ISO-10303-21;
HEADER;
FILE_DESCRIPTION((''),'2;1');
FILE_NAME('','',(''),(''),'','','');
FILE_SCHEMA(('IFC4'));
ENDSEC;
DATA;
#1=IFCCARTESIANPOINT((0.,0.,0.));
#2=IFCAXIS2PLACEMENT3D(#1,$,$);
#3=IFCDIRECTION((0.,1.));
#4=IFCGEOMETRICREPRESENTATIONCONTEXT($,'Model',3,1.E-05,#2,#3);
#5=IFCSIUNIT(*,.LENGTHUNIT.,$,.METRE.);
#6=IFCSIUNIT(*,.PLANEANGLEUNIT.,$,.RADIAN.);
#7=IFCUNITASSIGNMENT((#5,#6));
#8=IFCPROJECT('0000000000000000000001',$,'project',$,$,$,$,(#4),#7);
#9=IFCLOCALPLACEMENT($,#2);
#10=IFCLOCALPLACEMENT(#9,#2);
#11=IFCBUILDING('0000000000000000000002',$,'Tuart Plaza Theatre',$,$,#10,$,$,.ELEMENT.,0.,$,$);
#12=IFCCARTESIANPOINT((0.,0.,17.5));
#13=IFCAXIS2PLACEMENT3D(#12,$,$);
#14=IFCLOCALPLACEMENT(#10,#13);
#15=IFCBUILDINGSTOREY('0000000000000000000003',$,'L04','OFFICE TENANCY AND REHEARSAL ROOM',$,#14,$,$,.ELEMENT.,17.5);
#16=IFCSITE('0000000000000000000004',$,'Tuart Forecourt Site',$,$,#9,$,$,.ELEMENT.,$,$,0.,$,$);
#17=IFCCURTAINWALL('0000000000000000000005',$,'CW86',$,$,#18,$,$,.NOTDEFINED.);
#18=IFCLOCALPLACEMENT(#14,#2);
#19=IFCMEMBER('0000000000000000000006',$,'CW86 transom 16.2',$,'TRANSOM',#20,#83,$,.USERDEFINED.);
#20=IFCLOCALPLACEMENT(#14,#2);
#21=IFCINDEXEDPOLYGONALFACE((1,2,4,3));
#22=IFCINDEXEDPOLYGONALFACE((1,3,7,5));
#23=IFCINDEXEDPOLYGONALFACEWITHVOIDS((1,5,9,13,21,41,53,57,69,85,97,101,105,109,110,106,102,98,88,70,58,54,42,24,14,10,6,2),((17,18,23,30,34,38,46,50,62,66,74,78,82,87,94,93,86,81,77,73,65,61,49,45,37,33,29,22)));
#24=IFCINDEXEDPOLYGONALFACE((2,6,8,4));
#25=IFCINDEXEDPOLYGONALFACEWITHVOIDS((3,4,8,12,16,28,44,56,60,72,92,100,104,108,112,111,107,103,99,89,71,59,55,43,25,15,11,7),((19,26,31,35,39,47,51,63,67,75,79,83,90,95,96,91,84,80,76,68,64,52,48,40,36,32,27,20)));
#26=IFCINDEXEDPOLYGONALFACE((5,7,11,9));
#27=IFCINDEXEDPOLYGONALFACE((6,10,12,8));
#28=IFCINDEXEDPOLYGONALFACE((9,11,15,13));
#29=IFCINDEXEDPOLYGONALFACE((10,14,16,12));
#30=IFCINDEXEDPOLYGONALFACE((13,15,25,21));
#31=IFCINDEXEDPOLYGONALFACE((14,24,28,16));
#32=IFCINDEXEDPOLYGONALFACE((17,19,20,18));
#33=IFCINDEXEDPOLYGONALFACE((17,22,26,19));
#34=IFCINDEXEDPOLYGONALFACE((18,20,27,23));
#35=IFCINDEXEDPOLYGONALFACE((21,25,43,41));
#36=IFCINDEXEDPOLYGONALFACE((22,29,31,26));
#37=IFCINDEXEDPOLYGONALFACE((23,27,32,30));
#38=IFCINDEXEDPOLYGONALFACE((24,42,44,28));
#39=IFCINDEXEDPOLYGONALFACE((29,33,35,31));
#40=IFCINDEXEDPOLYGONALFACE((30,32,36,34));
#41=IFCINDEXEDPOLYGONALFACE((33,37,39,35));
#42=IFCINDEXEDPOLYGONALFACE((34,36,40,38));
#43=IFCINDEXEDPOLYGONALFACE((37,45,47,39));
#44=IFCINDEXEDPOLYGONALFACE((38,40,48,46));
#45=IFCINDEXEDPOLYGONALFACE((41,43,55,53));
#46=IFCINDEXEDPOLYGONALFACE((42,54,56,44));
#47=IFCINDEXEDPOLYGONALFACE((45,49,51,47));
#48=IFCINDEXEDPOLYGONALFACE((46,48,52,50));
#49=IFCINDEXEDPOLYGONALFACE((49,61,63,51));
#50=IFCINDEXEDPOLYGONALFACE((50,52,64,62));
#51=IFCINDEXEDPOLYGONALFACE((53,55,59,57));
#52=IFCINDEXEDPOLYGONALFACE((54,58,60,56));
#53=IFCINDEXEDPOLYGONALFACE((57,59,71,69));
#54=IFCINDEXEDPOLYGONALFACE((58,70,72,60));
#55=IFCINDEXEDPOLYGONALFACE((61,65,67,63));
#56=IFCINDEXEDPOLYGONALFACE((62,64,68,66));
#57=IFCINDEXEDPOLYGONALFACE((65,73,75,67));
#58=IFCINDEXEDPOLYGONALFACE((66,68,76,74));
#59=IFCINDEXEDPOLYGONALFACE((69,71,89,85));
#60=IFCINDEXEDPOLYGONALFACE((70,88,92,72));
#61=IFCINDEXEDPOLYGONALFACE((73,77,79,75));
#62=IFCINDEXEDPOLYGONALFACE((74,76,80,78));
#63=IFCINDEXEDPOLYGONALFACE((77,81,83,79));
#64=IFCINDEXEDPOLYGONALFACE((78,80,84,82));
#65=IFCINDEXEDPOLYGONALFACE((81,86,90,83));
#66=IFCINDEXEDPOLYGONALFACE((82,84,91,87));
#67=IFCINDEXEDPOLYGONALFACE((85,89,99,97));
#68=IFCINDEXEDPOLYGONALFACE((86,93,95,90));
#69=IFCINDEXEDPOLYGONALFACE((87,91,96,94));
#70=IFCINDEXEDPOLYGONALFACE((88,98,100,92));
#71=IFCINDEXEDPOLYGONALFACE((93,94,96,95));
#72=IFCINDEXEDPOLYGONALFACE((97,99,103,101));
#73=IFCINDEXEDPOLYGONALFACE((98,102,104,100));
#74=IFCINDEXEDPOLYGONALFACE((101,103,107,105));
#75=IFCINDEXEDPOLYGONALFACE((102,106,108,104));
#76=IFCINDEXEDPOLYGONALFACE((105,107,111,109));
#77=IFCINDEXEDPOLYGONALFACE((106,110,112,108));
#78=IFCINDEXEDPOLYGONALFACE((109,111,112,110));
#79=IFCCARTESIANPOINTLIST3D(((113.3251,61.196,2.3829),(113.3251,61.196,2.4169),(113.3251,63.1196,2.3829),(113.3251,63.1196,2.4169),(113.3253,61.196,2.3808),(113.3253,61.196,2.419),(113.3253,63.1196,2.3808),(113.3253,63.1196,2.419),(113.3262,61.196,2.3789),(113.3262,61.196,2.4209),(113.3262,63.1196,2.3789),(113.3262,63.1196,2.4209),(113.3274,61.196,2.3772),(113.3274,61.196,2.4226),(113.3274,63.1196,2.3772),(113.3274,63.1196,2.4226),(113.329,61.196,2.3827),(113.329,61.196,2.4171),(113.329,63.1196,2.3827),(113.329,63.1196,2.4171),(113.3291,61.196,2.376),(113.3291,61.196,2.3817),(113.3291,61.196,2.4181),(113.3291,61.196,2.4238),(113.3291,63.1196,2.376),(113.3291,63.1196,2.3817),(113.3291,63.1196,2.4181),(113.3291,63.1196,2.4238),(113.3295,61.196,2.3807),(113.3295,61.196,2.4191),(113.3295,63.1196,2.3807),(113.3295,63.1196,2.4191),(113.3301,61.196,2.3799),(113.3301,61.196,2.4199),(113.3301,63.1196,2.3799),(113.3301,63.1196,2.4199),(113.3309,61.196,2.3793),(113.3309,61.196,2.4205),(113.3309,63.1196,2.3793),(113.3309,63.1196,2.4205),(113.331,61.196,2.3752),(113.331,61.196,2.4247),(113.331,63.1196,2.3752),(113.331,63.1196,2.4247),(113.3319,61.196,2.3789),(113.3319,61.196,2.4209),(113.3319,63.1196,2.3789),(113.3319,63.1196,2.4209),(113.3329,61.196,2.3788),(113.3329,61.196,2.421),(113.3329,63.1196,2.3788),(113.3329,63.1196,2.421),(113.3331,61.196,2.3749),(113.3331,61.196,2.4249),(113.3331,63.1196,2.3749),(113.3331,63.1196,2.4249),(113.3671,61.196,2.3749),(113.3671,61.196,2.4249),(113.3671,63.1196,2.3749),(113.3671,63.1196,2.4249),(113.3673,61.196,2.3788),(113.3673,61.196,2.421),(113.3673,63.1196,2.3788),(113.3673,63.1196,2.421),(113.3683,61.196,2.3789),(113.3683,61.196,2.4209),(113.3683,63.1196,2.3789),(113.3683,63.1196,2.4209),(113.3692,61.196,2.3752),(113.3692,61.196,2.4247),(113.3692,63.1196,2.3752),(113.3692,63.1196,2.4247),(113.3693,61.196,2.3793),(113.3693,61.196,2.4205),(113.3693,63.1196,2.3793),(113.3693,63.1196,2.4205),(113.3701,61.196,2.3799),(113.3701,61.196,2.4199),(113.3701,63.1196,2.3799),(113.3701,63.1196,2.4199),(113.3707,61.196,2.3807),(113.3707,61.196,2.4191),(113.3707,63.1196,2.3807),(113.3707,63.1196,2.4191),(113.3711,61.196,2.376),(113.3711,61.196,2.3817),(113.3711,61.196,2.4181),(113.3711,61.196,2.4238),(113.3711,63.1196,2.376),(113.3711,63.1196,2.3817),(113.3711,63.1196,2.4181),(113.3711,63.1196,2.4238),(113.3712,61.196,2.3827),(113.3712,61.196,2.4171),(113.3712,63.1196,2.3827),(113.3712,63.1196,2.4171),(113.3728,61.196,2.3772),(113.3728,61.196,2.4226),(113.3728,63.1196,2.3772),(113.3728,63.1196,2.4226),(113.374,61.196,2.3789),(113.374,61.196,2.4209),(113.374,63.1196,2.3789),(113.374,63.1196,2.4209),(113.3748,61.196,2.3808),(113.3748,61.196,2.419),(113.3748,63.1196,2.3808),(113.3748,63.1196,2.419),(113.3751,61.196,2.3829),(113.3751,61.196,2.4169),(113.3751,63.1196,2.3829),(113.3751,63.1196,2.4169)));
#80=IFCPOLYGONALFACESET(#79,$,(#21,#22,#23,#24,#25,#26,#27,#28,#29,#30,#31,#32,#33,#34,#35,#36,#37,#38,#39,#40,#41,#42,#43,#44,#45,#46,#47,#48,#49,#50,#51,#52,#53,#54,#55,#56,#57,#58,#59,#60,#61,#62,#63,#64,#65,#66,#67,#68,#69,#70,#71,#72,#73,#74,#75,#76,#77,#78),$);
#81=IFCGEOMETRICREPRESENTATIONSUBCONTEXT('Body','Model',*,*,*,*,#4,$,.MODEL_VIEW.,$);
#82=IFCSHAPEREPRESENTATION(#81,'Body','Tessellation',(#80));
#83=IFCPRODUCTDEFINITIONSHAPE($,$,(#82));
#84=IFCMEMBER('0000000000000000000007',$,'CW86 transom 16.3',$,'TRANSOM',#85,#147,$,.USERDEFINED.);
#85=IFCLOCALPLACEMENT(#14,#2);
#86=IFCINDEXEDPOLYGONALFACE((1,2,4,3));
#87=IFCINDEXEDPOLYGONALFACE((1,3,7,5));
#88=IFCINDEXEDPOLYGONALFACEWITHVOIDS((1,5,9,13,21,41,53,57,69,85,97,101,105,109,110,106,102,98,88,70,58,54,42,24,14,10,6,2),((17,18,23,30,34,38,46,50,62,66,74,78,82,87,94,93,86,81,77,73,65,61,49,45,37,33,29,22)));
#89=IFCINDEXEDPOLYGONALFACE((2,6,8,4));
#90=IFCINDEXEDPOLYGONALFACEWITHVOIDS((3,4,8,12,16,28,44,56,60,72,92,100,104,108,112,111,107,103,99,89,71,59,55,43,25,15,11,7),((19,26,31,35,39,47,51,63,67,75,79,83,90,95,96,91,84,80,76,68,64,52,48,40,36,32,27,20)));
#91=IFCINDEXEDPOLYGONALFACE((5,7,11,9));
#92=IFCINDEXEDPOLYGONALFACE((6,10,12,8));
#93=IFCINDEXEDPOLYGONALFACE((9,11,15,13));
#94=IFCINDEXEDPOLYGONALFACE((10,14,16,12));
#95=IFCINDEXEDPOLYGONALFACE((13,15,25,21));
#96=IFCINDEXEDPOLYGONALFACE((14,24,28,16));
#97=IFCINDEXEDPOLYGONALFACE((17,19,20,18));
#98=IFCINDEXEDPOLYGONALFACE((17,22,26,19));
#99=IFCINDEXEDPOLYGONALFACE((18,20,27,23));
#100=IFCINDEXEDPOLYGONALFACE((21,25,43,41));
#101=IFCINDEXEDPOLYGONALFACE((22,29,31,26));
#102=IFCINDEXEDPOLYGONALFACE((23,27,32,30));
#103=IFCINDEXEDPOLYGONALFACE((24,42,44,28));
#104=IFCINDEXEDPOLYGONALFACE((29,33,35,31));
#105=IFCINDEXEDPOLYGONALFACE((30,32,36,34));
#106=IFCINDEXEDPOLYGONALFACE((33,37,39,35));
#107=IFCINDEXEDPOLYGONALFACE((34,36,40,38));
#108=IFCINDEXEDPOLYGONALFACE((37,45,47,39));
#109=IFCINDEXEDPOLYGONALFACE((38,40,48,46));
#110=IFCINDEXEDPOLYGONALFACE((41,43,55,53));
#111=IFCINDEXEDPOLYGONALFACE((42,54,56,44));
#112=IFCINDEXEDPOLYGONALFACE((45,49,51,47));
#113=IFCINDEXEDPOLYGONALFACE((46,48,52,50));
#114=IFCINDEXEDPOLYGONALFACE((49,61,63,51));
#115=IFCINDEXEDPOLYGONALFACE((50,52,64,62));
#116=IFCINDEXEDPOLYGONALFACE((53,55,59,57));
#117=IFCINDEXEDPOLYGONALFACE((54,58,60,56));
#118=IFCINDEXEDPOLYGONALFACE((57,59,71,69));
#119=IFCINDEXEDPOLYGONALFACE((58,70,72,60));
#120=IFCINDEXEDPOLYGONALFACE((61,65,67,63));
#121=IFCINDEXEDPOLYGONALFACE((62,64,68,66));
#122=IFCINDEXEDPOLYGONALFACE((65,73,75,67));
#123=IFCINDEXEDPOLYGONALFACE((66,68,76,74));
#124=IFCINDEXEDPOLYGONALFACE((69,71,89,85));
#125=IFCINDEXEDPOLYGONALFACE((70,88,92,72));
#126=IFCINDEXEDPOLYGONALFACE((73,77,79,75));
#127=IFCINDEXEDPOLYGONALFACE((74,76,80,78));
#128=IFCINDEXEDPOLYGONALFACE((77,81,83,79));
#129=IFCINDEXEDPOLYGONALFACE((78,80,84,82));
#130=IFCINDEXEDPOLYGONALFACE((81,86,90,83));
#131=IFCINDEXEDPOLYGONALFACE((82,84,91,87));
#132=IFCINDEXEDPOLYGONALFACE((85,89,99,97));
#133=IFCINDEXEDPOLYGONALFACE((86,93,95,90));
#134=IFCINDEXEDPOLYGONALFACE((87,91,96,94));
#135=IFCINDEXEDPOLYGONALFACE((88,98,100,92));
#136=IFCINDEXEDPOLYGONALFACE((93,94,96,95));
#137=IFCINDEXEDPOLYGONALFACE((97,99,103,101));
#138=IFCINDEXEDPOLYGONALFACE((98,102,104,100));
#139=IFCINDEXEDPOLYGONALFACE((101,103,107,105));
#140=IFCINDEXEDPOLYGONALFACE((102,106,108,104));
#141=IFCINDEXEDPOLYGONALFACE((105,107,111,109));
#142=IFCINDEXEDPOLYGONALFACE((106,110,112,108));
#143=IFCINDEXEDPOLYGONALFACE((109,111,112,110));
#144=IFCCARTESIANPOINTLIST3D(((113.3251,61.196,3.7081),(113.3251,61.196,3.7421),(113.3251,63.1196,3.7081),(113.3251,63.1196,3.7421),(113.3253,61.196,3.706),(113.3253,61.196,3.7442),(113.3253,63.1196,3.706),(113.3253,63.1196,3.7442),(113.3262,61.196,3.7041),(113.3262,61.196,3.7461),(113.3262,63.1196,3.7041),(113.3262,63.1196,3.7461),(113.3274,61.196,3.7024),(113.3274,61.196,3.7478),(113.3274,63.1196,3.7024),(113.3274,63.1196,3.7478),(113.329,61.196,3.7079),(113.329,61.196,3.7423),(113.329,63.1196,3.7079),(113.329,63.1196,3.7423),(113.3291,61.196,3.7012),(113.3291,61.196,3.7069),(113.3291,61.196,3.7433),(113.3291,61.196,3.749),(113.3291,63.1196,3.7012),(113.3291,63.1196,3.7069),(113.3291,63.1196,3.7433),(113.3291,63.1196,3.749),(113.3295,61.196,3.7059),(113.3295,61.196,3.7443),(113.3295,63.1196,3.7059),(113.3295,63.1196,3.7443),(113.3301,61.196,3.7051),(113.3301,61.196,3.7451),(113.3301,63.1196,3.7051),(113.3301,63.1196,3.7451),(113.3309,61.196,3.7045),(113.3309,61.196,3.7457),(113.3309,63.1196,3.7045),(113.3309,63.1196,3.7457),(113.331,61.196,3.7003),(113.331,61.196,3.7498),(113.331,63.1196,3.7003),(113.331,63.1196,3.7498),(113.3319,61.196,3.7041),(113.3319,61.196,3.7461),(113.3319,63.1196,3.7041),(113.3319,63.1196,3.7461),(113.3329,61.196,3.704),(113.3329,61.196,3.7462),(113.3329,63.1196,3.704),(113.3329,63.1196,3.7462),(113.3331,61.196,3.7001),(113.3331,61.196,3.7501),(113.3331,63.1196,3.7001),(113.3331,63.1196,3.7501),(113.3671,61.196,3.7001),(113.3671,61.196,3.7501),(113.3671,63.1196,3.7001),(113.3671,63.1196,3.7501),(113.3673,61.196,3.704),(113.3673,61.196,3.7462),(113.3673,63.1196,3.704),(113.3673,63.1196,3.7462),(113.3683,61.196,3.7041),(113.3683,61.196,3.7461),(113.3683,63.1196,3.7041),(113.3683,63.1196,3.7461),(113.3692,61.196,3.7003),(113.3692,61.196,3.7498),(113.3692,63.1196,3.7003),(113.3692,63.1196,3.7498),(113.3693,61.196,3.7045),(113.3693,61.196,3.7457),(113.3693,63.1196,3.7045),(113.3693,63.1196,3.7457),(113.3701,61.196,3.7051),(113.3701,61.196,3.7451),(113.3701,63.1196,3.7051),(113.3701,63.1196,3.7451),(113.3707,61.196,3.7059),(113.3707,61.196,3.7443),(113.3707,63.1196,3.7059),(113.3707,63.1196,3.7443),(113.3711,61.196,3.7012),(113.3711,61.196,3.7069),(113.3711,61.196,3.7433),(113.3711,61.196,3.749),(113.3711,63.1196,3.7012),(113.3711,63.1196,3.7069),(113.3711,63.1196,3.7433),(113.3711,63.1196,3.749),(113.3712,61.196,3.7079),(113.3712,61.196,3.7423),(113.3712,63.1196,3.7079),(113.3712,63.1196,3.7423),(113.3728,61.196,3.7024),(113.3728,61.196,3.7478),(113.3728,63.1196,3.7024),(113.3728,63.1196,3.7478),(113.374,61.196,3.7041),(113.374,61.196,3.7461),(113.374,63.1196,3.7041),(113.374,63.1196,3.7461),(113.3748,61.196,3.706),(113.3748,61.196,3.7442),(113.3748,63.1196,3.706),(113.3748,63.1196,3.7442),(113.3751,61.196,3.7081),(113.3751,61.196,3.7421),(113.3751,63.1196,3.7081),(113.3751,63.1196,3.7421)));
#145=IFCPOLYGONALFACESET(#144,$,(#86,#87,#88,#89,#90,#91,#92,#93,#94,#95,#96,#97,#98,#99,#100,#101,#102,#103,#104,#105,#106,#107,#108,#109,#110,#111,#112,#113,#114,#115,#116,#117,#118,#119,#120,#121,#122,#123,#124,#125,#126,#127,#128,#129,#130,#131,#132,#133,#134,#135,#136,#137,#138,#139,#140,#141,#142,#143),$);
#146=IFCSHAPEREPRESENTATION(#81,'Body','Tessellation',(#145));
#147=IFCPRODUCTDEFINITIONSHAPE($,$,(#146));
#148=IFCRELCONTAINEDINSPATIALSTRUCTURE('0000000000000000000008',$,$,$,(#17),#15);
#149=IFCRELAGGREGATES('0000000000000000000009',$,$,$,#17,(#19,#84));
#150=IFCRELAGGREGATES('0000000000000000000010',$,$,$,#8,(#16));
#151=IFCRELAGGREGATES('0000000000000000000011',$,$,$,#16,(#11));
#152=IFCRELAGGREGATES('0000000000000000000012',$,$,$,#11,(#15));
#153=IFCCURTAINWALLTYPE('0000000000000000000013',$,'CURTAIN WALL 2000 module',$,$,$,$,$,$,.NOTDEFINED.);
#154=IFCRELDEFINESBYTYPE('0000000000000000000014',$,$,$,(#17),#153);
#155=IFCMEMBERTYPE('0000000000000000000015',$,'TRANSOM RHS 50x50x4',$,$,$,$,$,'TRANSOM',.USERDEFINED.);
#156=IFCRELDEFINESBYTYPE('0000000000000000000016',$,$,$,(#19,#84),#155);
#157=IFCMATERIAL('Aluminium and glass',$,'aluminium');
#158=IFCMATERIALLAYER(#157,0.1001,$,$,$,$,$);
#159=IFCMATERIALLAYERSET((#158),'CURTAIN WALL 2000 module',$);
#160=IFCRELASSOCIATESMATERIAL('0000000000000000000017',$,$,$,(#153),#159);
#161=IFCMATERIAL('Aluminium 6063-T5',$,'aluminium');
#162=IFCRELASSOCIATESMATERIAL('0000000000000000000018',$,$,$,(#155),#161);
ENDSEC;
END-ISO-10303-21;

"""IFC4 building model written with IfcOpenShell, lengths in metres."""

from ifc_helpers import new_model, si_unit, direction, frame, origin, origin_2d, place, context, subcontext, project, spatial, hollow_rectangle, extrude, material, layer, layer_set, material_profile, profile_set, type_object, element, aggregate, save


model = new_model("IFC4")

# Units and contexts
model_context = context("Model", 3, precision=1e-05, world=origin(), true_north=direction((0.0, 1.0)))
body_context = subcontext(model_context, "Body", "Model", "MODEL_VIEW")
ifc_project = project(units=[si_unit("LENGTHUNIT", "METRE"), si_unit("PLANEANGLEUNIT", "RADIAN")], contexts=[model_context])

# Site, building, storey
site_placement = place(None, origin())
site = spatial("IfcSite", under=ifc_project, at=site_placement, Name="Tuart Forecourt Site", CompositionType="ELEMENT", RefElevation=0.0)
building_placement = place(site_placement, origin())
building = spatial("IfcBuilding", under=site, at=building_placement, Name="Tuart Plaza Theatre", CompositionType="ELEMENT", ElevationOfRefHeight=0.0)
storey_placement = place(building_placement, frame((0.0, 0.0, 17.5)))
storey = spatial("IfcBuildingStorey", under=building, at=storey_placement, Name="L04", Description="OFFICE TENANCY AND REHEARSAL ROOM", CompositionType="ELEMENT", Elevation=17.5)

# Curtain wall, members
ifc_material_1 = material(Name="Aluminium and glass", Category="aluminium")
ifc_layer_1 = layer(ifc_material_1, 0.1001)
ifc_layer_set_1 = layer_set([ifc_layer_1], Name="CURTAIN WALL 2000 module")
curtain_wall_type = type_object("IfcCurtainWallType", Name="CURTAIN WALL 2000 module", PredefinedType="NOTDEFINED", material=ifc_layer_set_1)
curtain_wall_placement = place(storey_placement, origin())
curtain_wall = element("IfcCurtainWall", 1, at=curtain_wall_placement, inside=storey, type_object=curtain_wall_type, Name="CW86", PredefinedType="NOTDEFINED")
ifc_material_2 = material(Name="Aluminium 6063-T5", Category="aluminium")
ifc_material_profile_1 = material_profile(ifc_material_2, hollow_rectangle(XDim=0.05, YDim=0.05, WallThickness=0.0039, InnerFilletRadius=0.0039, OuterFilletRadius=0.0081, at=origin_2d()), Name="RHS 50x50x4")
ifc_profile_set_1 = profile_set([ifc_material_profile_1], Name="Aluminium 6063-T5")
member_type_1 = type_object("IfcMemberType", Name="TRANSOM RHS 50x50x4", ElementType="TRANSOM", PredefinedType="USERDEFINED", material=ifc_profile_set_1)
member_1_placement = place(storey_placement, frame((113.3501, 63.1196, 2.3999), z_axis=(0.0, -1.0, 0.0), x_axis=(1.0, 0.0, 0.0)))
member_1 = element("IfcMember", 2, at=member_1_placement, type_object=member_type_1, Name="CW86 transom 16.2", ObjectType="TRANSOM", PredefinedType="USERDEFINED", context=body_context, shape_type="SweptSolid", body=[
    extrude(hollow_rectangle(XDim=0.05, YDim=0.05, WallThickness=0.0039, InnerFilletRadius=0.0039, OuterFilletRadius=0.0081, at=origin_2d()), origin(), (0.0, 0.0, 1.0), 1.9236),
])
member_2_placement = place(storey_placement, frame((113.3501, 63.1196, 3.7251), z_axis=(0.0, -1.0, 0.0), x_axis=(1.0, 0.0, 0.0)))
member_2 = element("IfcMember", 3, at=member_2_placement, type_object=member_type_1, Name="CW86 transom 16.3", ObjectType="TRANSOM", PredefinedType="USERDEFINED", context=body_context, shape_type="SweptSolid", body=[
    extrude(hollow_rectangle(XDim=0.05, YDim=0.05, WallThickness=0.0039, InnerFilletRadius=0.0039, OuterFilletRadius=0.0081, at=origin_2d()), origin(), (0.0, 0.0, 1.0), 1.9236),
])
aggregate(curtain_wall, [member_1, member_2])

save(model, "model.ifc")
